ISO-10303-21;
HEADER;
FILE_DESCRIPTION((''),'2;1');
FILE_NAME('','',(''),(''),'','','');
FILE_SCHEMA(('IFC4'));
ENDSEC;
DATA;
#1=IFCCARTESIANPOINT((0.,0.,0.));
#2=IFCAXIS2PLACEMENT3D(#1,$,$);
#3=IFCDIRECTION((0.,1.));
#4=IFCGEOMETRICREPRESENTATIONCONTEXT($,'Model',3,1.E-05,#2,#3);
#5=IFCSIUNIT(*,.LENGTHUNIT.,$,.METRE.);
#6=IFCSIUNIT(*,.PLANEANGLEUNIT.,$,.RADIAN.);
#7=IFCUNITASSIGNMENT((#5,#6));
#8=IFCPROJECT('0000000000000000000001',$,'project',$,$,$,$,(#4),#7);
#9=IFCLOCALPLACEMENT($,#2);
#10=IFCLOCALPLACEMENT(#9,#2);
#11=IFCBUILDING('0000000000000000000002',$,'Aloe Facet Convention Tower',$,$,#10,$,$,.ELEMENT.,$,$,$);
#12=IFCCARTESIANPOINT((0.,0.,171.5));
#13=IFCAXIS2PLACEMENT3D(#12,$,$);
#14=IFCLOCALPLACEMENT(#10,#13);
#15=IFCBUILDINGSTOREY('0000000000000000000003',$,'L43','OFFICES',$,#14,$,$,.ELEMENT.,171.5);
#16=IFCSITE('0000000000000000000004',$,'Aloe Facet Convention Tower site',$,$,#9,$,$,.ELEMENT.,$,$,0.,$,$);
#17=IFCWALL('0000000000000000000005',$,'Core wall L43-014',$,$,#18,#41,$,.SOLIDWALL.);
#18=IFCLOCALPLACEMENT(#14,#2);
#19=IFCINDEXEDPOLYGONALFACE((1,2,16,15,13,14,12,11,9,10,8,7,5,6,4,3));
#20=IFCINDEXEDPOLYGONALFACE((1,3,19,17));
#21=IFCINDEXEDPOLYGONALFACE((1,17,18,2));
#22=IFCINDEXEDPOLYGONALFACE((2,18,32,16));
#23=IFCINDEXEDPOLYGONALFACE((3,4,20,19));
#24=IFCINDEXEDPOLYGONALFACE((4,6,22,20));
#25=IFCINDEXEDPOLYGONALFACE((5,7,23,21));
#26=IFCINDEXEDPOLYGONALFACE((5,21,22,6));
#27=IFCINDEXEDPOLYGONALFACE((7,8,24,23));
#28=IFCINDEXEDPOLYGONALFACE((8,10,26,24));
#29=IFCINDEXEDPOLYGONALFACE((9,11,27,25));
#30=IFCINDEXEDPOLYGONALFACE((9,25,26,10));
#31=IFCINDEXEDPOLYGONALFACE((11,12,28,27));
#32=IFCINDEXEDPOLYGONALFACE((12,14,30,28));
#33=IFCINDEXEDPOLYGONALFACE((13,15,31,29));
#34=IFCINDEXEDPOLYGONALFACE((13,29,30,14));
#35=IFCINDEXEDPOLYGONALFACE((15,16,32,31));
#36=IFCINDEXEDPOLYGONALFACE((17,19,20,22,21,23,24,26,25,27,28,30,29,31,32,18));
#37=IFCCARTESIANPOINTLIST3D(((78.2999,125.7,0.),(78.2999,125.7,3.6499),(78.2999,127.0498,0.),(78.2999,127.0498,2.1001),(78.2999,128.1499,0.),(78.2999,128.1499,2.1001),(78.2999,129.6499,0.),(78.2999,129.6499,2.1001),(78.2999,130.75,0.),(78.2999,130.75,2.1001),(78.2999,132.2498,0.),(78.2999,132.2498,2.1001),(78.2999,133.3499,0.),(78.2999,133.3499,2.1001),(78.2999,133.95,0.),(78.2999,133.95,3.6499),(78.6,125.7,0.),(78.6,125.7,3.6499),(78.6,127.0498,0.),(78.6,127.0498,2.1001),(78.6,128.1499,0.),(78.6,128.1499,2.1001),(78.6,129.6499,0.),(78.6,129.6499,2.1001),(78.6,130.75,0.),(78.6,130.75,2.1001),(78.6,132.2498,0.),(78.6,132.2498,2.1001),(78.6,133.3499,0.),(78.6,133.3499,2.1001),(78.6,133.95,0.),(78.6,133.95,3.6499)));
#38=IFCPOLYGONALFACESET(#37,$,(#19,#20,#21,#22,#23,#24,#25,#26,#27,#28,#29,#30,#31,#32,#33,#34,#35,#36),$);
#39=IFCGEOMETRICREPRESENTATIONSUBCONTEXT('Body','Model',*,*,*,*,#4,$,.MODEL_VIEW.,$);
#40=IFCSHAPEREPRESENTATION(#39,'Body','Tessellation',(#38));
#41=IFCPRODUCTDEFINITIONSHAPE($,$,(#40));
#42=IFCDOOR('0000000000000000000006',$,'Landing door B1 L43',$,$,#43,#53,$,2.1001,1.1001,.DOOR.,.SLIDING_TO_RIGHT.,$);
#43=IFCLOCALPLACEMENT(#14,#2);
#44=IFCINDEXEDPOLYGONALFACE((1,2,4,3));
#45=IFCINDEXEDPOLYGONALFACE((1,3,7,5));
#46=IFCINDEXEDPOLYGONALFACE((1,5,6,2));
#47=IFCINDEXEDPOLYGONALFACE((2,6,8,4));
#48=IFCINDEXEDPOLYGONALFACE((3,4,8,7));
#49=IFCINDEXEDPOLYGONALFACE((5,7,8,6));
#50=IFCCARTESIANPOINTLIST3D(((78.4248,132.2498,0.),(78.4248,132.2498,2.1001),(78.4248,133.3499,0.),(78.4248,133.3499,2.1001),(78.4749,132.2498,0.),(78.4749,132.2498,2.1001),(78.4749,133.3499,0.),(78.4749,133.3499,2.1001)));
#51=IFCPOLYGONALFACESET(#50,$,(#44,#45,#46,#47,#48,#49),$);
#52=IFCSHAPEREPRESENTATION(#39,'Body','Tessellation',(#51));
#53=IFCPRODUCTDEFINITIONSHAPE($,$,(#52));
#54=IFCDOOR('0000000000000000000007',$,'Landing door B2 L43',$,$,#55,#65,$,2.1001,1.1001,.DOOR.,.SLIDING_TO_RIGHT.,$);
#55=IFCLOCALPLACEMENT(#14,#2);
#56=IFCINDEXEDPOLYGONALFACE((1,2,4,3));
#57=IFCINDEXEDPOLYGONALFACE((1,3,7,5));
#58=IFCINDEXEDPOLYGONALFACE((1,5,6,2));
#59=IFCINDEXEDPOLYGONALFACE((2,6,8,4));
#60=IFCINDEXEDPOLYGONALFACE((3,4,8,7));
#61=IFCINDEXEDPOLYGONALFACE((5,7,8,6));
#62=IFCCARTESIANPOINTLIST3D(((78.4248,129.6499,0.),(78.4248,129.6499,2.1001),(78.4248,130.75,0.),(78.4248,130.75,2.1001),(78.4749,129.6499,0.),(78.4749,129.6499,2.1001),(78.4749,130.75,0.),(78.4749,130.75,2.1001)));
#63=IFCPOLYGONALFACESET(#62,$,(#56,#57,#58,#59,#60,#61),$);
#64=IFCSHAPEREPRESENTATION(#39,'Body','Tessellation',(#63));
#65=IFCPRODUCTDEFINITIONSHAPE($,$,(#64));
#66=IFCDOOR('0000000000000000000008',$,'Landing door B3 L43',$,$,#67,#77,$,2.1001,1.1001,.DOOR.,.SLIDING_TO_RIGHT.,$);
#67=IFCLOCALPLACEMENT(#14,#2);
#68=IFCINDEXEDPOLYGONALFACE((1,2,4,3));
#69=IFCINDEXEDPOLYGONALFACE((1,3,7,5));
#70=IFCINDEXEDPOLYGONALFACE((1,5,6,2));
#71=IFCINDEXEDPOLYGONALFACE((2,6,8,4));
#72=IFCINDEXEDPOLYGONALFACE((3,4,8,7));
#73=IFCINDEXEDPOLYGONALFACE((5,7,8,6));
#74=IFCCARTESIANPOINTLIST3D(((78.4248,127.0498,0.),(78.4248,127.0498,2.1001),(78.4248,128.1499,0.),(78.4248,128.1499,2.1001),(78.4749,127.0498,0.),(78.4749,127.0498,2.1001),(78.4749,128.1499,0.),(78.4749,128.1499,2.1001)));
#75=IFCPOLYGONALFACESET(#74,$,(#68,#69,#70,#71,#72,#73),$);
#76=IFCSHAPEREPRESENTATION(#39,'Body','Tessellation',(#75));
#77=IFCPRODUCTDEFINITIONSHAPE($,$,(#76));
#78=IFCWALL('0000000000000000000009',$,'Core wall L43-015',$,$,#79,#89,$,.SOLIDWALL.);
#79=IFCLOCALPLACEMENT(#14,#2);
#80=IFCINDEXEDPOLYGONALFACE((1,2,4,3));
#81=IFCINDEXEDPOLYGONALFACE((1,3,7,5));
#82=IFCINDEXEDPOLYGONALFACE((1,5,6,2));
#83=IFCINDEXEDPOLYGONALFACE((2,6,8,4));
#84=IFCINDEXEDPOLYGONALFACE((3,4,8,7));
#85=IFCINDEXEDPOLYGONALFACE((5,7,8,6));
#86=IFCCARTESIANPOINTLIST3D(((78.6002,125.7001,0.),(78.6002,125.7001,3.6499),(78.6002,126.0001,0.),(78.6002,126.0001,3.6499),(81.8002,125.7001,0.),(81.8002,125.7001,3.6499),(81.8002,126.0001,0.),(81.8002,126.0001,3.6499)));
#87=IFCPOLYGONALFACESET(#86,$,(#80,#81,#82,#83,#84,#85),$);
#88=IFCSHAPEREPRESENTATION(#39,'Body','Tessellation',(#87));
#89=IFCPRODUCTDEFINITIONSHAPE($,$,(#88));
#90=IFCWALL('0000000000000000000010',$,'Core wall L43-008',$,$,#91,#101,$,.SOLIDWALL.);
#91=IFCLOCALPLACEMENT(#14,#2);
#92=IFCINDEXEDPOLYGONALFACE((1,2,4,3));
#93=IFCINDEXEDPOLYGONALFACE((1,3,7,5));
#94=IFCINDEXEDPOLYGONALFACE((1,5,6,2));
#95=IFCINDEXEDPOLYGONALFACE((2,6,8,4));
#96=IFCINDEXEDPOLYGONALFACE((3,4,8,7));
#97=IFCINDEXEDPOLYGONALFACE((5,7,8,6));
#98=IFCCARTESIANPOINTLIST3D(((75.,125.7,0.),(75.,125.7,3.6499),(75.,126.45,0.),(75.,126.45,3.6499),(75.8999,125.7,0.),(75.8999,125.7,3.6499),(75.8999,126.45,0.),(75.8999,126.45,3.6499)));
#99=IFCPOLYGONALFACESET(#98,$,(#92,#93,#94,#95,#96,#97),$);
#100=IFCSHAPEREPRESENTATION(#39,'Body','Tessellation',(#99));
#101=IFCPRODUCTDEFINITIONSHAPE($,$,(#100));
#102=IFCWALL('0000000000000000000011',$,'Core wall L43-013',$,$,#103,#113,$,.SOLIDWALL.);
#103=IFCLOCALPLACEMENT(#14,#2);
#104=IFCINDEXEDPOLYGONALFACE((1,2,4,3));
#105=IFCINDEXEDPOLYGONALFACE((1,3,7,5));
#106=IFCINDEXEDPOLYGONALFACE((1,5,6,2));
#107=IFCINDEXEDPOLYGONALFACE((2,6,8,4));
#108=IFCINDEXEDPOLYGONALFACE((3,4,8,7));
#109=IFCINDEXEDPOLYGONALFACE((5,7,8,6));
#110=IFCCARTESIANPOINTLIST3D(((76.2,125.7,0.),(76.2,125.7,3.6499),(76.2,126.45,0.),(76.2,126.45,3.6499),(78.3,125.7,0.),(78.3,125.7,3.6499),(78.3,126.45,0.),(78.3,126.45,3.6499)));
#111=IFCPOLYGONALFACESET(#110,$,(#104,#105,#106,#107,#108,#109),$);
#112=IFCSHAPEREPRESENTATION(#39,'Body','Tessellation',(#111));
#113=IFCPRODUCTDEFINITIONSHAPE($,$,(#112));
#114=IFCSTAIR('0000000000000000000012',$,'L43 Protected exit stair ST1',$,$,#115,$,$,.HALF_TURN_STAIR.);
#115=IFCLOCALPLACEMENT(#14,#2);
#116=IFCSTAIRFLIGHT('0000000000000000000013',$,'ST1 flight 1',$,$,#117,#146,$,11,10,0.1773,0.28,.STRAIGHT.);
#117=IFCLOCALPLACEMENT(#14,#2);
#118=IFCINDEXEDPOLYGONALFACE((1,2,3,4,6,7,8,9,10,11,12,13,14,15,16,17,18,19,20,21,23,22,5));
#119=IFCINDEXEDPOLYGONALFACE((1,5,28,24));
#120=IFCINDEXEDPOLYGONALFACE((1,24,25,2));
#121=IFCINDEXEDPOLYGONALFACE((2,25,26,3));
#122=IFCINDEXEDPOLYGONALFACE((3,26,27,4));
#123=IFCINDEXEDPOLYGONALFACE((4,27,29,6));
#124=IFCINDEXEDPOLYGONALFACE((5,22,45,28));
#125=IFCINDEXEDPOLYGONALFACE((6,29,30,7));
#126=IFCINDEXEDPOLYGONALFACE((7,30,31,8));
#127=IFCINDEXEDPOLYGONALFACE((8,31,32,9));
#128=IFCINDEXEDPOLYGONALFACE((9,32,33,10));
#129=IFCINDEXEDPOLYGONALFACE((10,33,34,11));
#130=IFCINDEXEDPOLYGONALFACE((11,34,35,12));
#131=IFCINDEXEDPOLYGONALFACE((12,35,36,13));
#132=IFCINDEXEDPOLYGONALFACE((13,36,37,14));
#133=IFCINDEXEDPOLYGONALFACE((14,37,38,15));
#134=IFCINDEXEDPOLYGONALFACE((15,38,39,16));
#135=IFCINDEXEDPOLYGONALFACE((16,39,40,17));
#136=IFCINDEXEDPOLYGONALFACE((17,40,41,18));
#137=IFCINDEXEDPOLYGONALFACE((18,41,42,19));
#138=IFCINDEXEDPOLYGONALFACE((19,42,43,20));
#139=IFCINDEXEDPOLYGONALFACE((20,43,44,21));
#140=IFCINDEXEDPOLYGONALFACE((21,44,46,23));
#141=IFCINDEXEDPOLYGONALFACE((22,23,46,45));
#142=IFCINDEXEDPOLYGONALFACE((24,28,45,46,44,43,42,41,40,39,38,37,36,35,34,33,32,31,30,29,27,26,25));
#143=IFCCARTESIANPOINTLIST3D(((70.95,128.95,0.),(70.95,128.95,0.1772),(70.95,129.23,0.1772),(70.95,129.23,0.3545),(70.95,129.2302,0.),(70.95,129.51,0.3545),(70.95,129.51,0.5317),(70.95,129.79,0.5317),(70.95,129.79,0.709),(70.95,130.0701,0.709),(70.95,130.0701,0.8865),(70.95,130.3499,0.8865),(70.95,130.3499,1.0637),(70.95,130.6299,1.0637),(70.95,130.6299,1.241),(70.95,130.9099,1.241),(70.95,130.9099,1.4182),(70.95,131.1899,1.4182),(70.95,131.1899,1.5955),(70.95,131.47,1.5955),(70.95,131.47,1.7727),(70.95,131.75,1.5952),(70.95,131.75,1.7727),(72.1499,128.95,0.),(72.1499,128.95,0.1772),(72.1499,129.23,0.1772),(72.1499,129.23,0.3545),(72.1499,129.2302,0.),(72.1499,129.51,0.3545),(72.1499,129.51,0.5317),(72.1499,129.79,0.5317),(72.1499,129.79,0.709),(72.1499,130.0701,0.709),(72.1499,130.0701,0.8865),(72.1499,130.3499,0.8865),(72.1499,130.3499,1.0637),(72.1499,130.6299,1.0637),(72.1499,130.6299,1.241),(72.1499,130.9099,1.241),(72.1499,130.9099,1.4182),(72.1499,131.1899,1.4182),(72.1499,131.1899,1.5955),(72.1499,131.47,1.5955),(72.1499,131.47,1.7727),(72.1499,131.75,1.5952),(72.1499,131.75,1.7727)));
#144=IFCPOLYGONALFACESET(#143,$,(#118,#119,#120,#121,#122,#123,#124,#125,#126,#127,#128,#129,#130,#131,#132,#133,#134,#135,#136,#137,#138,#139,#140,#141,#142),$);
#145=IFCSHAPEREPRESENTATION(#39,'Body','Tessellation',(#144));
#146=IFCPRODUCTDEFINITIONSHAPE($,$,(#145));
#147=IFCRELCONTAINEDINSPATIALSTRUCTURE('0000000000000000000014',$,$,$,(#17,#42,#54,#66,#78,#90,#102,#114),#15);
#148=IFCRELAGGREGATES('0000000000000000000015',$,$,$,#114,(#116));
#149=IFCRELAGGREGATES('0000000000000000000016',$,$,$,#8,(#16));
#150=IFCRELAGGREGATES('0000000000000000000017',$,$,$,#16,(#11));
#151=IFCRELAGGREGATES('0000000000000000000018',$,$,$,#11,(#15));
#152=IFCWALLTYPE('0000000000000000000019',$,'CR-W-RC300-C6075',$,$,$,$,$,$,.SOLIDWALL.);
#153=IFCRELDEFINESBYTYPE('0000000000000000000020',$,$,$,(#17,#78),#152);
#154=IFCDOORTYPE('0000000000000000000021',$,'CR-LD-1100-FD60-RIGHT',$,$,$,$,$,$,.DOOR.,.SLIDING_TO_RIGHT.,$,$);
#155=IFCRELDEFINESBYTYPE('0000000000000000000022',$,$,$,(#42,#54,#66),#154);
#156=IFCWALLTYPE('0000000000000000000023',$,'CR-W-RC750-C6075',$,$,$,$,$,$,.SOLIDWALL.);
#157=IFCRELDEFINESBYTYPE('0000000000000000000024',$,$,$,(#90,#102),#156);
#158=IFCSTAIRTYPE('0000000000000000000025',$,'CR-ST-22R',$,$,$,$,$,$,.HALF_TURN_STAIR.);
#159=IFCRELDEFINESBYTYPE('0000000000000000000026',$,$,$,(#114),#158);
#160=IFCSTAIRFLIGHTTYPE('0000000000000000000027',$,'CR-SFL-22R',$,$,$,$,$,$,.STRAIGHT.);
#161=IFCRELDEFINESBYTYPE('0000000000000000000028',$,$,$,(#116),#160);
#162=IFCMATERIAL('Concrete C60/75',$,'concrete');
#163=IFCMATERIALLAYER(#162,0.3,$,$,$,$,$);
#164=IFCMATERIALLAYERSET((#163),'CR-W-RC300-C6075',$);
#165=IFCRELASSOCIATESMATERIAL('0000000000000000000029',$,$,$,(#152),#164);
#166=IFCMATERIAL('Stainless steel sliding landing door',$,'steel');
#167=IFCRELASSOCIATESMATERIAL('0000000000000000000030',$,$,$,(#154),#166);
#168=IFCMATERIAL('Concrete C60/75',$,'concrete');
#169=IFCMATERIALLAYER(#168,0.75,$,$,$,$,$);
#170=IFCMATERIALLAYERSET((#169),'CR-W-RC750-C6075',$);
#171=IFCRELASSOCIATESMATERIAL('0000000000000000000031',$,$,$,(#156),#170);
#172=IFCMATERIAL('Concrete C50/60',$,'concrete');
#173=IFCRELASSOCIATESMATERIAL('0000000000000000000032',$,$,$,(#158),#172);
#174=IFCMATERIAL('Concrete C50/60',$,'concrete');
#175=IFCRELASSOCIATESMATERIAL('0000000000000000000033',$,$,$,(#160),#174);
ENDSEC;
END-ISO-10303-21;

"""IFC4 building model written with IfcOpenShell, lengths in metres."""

from ifc_helpers import new_model, si_unit, direction, frame, frame_2d, origin, place, context, subcontext, project, spatial, polyline, rectangle, outline, extrude, material, layer, layer_set, type_object, element, fill, aggregate, save


model = new_model("IFC4")

# Units and contexts
model_context = context("Model", 3, precision=1e-05, world=origin(), true_north=direction((0.0, 1.0)))
body_context = subcontext(model_context, "Body", "Model", "MODEL_VIEW")
ifc_project = project(units=[si_unit("LENGTHUNIT", "METRE"), si_unit("PLANEANGLEUNIT", "RADIAN")], contexts=[model_context])

# Site, building, storey
site_placement = place(None, origin())
site = spatial("IfcSite", under=ifc_project, at=site_placement, Name="Aloe Facet Convention Tower site", CompositionType="ELEMENT", RefElevation=0.0)
building_placement = place(site_placement, origin())
building = spatial("IfcBuilding", under=site, at=building_placement, Name="Aloe Facet Convention Tower", CompositionType="ELEMENT")
storey_placement = place(building_placement, frame((0.0, 0.0, 171.5)))
storey = spatial("IfcBuildingStorey", under=building, at=storey_placement, Name="L43", Description="OFFICES", CompositionType="ELEMENT", Elevation=171.5)

# Shared definitions
ifc_material_1 = material(Name="Concrete C60/75", Category="concrete")
ifc_layer_1 = layer(ifc_material_1, 0.3)
ifc_layer_set_1 = layer_set([ifc_layer_1], Name="CR-W-RC300-C6075")
wall_type_1 = type_object("IfcWallType", Name="CR-W-RC300-C6075", PredefinedType="SOLIDWALL", material=ifc_layer_set_1)

# Wall, openings, doors
wall_1_placement = place(storey_placement, frame((78.45, 133.95, 0.0), z_axis=(0.0, 0.0, 1.0), x_axis=(0.0, -1.0, 0.0)))
wall_1 = element("IfcWall", 1, at=wall_1_placement, inside=storey, type_object=wall_type_1, Name="Core wall L43-014", PredefinedType="SOLIDWALL", context=body_context, shape_type="SweptSolid", body=[
    extrude(rectangle(XDim=8.25, YDim=0.3, at=frame_2d((4.125, 0.0))), origin(), (0.0, 0.0, 1.0), 3.6499),
])
opening_1_placement = place(wall_1_placement, frame((0.6001, 0.0, 0.0)))
opening_1 = element("IfcOpeningElement", 2, at=opening_1_placement, cuts=wall_1, PredefinedType="OPENING", context=body_context, shape_type="SweptSolid", body=[
    extrude(rectangle(XDim=1.1001, YDim=2.1001, at=frame_2d((0.55, 1.05))), frame((0.0, 0.1602, 0.0), z_axis=(0.0, -1.0, 0.0), x_axis=(1.0, 0.0, 0.0)), (0.0, 0.0, 1.0), 0.3201),
])
opening_2_placement = place(wall_1_placement, frame((3.2, 0.0, 0.0)))
opening_2 = element("IfcOpeningElement", 3, at=opening_2_placement, cuts=wall_1, PredefinedType="OPENING", context=body_context, shape_type="SweptSolid", body=[
    extrude(rectangle(XDim=1.1001, YDim=2.1001, at=frame_2d((0.55, 1.05))), frame((0.0, 0.1602, 0.0), z_axis=(0.0, -1.0, 0.0), x_axis=(1.0, 0.0, 0.0)), (0.0, 0.0, 1.0), 0.3201),
])
opening_3_placement = place(wall_1_placement, frame((5.8, 0.0, 0.0)))
opening_3 = element("IfcOpeningElement", 4, at=opening_3_placement, cuts=wall_1, PredefinedType="OPENING", context=body_context, shape_type="SweptSolid", body=[
    extrude(rectangle(XDim=1.1001, YDim=2.1001, at=frame_2d((0.55, 1.05))), frame((0.0, 0.1602, 0.0), z_axis=(0.0, -1.0, 0.0), x_axis=(1.0, 0.0, 0.0)), (0.0, 0.0, 1.0), 0.3201),
])
ifc_material_2 = material(Name="Stainless steel sliding landing door", Category="steel")
door_type_1 = type_object("IfcDoorType", Name="CR-LD-1100-FD60-RIGHT", OperationType="SLIDING_TO_RIGHT", PredefinedType="DOOR", material=ifc_material_2)
door_1_placement = place(opening_1_placement, origin())
door_1 = element("IfcDoor", 5, at=door_1_placement, inside=storey, type_object=door_type_1, Name="Landing door B1 L43", OperationType="SLIDING_TO_RIGHT", OverallHeight=2.1001, OverallWidth=1.1001, PredefinedType="DOOR", context=body_context, shape_type="SweptSolid", body=[
    extrude(rectangle(XDim=1.1001, YDim=2.1001, at=frame_2d((0.55, 1.05))), frame((0.0, 0.0249, 0.0), z_axis=(0.0, -1.0, 0.0), x_axis=(1.0, 0.0, 0.0)), (0.0, 0.0, 1.0), 0.05),
])
fill(opening_1, door_1)
door_2_placement = place(opening_2_placement, origin())
door_2 = element("IfcDoor", 6, at=door_2_placement, inside=storey, type_object=door_type_1, Name="Landing door B2 L43", OperationType="SLIDING_TO_RIGHT", OverallHeight=2.1001, OverallWidth=1.1001, PredefinedType="DOOR", context=body_context, shape_type="SweptSolid", body=[
    extrude(rectangle(XDim=1.1001, YDim=2.1001, at=frame_2d((0.55, 1.05))), frame((0.0, 0.0249, 0.0), z_axis=(0.0, -1.0, 0.0), x_axis=(1.0, 0.0, 0.0)), (0.0, 0.0, 1.0), 0.05),
])
fill(opening_2, door_2)
door_3_placement = place(opening_3_placement, origin())
door_3 = element("IfcDoor", 7, at=door_3_placement, inside=storey, type_object=door_type_1, Name="Landing door B3 L43", OperationType="SLIDING_TO_RIGHT", OverallHeight=2.1001, OverallWidth=1.1001, PredefinedType="DOOR", context=body_context, shape_type="SweptSolid", body=[
    extrude(rectangle(XDim=1.1001, YDim=2.1001, at=frame_2d((0.55, 1.05))), frame((0.0, 0.0249, 0.0), z_axis=(0.0, -1.0, 0.0), x_axis=(1.0, 0.0, 0.0)), (0.0, 0.0, 1.0), 0.05),
])
fill(opening_3, door_3)

# Walls
wall_2_placement = place(storey_placement, frame((78.6001, 125.8501, 0.0), z_axis=(0.0, 0.0, 1.0), x_axis=(1.0, 0.0, 0.0)))
element("IfcWall", 8, at=wall_2_placement, inside=storey, type_object=wall_type_1, Name="Core wall L43-015", PredefinedType="SOLIDWALL", context=body_context, shape_type="SweptSolid", body=[
    extrude(rectangle(XDim=3.2, YDim=0.3, at=frame_2d((1.6001, 0.0))), origin(), (0.0, 0.0, 1.0), 3.6499),
])
ifc_material_3 = material(Name="Concrete C60/75", Category="concrete")
ifc_layer_2 = layer(ifc_material_3, 0.75)
ifc_layer_set_2 = layer_set([ifc_layer_2], Name="CR-W-RC750-C6075")
wall_type_2 = type_object("IfcWallType", Name="CR-W-RC750-C6075", PredefinedType="SOLIDWALL", material=ifc_layer_set_2)
wall_3_placement = place(storey_placement, frame((75.0, 126.075, 0.0), z_axis=(0.0, 0.0, 1.0), x_axis=(1.0, 0.0, 0.0)))
element("IfcWall", 9, at=wall_3_placement, inside=storey, type_object=wall_type_2, Name="Core wall L43-008", PredefinedType="SOLIDWALL", context=body_context, shape_type="SweptSolid", body=[
    extrude(rectangle(XDim=0.8999, YDim=0.75, at=frame_2d((0.45, 0.0))), origin(), (0.0, 0.0, 1.0), 3.6499),
])
wall_4_placement = place(storey_placement, frame((76.2, 126.075, 0.0), z_axis=(0.0, 0.0, 1.0), x_axis=(1.0, 0.0, 0.0)))
element("IfcWall", 10, at=wall_4_placement, inside=storey, type_object=wall_type_2, Name="Core wall L43-013", PredefinedType="SOLIDWALL", context=body_context, shape_type="SweptSolid", body=[
    extrude(rectangle(XDim=2.1001, YDim=0.75, at=frame_2d((1.05, 0.0))), origin(), (0.0, 0.0, 1.0), 3.6499),
])

# Stair, stair flight
ifc_material_4 = material(Name="Concrete C50/60", Category="concrete")
stair_type = type_object("IfcStairType", Name="CR-ST-22R", PredefinedType="HALF_TURN_STAIR", material=ifc_material_4)
stair_1_placement = place(storey_placement, origin())
stair_1 = element("IfcStair", 11, at=stair_1_placement, inside=storey, type_object=stair_type, Name="L43 Protected exit stair ST1", PredefinedType="HALF_TURN_STAIR")
ifc_material_5 = material(Name="Concrete C50/60", Category="concrete")
stair_flight_type = type_object("IfcStairFlightType", Name="CR-SFL-22R", PredefinedType="STRAIGHT", material=ifc_material_5)
stair_flight_1_placement = place(storey_placement, frame((71.55, 128.95, 0.0), z_axis=(0.0, 0.0, 1.0), x_axis=(0.0, 1.0, 0.0)))
stair_flight_1 = element("IfcStairFlight", 12, at=stair_flight_1_placement, type_object=stair_flight_type, Name="ST1 flight 1", NumberOfRisers=11, NumberOfTreads=10, PredefinedType="STRAIGHT", RiserHeight=0.1773, TreadLength=0.28, context=body_context, shape_type="SweptSolid", body=[
    extrude(outline(polyline([(0.0, 0.0), (0.0, 0.1772), (0.28, 0.1772), (0.28, 0.3545), (0.5601, 0.3545), (0.5601, 0.5317), (0.8401, 0.5317), (0.8401, 0.709), (1.1201, 0.709), (1.1201, 0.8865), (1.3999, 0.8865), (1.3999, 1.0637), (1.6799, 1.0637), (1.6799, 1.241), (1.96, 1.241), (1.96, 1.4182), (2.24, 1.4182), (2.24, 1.5955), (2.52, 1.5955), (2.52, 1.7727), (2.8, 1.7727), (2.8, 1.95), (2.8, 1.5952), (0.2803, 0.0), (0.0, 0.0)])), frame((0.0, 0.6001, 0.0), z_axis=(0.0, -1.0, 0.0), x_axis=(1.0, 0.0, 0.0)), (0.0, 0.0, 1.0), 1.2),
])
aggregate(stair_1, [stair_flight_1])

save(model, "model.ifc")
